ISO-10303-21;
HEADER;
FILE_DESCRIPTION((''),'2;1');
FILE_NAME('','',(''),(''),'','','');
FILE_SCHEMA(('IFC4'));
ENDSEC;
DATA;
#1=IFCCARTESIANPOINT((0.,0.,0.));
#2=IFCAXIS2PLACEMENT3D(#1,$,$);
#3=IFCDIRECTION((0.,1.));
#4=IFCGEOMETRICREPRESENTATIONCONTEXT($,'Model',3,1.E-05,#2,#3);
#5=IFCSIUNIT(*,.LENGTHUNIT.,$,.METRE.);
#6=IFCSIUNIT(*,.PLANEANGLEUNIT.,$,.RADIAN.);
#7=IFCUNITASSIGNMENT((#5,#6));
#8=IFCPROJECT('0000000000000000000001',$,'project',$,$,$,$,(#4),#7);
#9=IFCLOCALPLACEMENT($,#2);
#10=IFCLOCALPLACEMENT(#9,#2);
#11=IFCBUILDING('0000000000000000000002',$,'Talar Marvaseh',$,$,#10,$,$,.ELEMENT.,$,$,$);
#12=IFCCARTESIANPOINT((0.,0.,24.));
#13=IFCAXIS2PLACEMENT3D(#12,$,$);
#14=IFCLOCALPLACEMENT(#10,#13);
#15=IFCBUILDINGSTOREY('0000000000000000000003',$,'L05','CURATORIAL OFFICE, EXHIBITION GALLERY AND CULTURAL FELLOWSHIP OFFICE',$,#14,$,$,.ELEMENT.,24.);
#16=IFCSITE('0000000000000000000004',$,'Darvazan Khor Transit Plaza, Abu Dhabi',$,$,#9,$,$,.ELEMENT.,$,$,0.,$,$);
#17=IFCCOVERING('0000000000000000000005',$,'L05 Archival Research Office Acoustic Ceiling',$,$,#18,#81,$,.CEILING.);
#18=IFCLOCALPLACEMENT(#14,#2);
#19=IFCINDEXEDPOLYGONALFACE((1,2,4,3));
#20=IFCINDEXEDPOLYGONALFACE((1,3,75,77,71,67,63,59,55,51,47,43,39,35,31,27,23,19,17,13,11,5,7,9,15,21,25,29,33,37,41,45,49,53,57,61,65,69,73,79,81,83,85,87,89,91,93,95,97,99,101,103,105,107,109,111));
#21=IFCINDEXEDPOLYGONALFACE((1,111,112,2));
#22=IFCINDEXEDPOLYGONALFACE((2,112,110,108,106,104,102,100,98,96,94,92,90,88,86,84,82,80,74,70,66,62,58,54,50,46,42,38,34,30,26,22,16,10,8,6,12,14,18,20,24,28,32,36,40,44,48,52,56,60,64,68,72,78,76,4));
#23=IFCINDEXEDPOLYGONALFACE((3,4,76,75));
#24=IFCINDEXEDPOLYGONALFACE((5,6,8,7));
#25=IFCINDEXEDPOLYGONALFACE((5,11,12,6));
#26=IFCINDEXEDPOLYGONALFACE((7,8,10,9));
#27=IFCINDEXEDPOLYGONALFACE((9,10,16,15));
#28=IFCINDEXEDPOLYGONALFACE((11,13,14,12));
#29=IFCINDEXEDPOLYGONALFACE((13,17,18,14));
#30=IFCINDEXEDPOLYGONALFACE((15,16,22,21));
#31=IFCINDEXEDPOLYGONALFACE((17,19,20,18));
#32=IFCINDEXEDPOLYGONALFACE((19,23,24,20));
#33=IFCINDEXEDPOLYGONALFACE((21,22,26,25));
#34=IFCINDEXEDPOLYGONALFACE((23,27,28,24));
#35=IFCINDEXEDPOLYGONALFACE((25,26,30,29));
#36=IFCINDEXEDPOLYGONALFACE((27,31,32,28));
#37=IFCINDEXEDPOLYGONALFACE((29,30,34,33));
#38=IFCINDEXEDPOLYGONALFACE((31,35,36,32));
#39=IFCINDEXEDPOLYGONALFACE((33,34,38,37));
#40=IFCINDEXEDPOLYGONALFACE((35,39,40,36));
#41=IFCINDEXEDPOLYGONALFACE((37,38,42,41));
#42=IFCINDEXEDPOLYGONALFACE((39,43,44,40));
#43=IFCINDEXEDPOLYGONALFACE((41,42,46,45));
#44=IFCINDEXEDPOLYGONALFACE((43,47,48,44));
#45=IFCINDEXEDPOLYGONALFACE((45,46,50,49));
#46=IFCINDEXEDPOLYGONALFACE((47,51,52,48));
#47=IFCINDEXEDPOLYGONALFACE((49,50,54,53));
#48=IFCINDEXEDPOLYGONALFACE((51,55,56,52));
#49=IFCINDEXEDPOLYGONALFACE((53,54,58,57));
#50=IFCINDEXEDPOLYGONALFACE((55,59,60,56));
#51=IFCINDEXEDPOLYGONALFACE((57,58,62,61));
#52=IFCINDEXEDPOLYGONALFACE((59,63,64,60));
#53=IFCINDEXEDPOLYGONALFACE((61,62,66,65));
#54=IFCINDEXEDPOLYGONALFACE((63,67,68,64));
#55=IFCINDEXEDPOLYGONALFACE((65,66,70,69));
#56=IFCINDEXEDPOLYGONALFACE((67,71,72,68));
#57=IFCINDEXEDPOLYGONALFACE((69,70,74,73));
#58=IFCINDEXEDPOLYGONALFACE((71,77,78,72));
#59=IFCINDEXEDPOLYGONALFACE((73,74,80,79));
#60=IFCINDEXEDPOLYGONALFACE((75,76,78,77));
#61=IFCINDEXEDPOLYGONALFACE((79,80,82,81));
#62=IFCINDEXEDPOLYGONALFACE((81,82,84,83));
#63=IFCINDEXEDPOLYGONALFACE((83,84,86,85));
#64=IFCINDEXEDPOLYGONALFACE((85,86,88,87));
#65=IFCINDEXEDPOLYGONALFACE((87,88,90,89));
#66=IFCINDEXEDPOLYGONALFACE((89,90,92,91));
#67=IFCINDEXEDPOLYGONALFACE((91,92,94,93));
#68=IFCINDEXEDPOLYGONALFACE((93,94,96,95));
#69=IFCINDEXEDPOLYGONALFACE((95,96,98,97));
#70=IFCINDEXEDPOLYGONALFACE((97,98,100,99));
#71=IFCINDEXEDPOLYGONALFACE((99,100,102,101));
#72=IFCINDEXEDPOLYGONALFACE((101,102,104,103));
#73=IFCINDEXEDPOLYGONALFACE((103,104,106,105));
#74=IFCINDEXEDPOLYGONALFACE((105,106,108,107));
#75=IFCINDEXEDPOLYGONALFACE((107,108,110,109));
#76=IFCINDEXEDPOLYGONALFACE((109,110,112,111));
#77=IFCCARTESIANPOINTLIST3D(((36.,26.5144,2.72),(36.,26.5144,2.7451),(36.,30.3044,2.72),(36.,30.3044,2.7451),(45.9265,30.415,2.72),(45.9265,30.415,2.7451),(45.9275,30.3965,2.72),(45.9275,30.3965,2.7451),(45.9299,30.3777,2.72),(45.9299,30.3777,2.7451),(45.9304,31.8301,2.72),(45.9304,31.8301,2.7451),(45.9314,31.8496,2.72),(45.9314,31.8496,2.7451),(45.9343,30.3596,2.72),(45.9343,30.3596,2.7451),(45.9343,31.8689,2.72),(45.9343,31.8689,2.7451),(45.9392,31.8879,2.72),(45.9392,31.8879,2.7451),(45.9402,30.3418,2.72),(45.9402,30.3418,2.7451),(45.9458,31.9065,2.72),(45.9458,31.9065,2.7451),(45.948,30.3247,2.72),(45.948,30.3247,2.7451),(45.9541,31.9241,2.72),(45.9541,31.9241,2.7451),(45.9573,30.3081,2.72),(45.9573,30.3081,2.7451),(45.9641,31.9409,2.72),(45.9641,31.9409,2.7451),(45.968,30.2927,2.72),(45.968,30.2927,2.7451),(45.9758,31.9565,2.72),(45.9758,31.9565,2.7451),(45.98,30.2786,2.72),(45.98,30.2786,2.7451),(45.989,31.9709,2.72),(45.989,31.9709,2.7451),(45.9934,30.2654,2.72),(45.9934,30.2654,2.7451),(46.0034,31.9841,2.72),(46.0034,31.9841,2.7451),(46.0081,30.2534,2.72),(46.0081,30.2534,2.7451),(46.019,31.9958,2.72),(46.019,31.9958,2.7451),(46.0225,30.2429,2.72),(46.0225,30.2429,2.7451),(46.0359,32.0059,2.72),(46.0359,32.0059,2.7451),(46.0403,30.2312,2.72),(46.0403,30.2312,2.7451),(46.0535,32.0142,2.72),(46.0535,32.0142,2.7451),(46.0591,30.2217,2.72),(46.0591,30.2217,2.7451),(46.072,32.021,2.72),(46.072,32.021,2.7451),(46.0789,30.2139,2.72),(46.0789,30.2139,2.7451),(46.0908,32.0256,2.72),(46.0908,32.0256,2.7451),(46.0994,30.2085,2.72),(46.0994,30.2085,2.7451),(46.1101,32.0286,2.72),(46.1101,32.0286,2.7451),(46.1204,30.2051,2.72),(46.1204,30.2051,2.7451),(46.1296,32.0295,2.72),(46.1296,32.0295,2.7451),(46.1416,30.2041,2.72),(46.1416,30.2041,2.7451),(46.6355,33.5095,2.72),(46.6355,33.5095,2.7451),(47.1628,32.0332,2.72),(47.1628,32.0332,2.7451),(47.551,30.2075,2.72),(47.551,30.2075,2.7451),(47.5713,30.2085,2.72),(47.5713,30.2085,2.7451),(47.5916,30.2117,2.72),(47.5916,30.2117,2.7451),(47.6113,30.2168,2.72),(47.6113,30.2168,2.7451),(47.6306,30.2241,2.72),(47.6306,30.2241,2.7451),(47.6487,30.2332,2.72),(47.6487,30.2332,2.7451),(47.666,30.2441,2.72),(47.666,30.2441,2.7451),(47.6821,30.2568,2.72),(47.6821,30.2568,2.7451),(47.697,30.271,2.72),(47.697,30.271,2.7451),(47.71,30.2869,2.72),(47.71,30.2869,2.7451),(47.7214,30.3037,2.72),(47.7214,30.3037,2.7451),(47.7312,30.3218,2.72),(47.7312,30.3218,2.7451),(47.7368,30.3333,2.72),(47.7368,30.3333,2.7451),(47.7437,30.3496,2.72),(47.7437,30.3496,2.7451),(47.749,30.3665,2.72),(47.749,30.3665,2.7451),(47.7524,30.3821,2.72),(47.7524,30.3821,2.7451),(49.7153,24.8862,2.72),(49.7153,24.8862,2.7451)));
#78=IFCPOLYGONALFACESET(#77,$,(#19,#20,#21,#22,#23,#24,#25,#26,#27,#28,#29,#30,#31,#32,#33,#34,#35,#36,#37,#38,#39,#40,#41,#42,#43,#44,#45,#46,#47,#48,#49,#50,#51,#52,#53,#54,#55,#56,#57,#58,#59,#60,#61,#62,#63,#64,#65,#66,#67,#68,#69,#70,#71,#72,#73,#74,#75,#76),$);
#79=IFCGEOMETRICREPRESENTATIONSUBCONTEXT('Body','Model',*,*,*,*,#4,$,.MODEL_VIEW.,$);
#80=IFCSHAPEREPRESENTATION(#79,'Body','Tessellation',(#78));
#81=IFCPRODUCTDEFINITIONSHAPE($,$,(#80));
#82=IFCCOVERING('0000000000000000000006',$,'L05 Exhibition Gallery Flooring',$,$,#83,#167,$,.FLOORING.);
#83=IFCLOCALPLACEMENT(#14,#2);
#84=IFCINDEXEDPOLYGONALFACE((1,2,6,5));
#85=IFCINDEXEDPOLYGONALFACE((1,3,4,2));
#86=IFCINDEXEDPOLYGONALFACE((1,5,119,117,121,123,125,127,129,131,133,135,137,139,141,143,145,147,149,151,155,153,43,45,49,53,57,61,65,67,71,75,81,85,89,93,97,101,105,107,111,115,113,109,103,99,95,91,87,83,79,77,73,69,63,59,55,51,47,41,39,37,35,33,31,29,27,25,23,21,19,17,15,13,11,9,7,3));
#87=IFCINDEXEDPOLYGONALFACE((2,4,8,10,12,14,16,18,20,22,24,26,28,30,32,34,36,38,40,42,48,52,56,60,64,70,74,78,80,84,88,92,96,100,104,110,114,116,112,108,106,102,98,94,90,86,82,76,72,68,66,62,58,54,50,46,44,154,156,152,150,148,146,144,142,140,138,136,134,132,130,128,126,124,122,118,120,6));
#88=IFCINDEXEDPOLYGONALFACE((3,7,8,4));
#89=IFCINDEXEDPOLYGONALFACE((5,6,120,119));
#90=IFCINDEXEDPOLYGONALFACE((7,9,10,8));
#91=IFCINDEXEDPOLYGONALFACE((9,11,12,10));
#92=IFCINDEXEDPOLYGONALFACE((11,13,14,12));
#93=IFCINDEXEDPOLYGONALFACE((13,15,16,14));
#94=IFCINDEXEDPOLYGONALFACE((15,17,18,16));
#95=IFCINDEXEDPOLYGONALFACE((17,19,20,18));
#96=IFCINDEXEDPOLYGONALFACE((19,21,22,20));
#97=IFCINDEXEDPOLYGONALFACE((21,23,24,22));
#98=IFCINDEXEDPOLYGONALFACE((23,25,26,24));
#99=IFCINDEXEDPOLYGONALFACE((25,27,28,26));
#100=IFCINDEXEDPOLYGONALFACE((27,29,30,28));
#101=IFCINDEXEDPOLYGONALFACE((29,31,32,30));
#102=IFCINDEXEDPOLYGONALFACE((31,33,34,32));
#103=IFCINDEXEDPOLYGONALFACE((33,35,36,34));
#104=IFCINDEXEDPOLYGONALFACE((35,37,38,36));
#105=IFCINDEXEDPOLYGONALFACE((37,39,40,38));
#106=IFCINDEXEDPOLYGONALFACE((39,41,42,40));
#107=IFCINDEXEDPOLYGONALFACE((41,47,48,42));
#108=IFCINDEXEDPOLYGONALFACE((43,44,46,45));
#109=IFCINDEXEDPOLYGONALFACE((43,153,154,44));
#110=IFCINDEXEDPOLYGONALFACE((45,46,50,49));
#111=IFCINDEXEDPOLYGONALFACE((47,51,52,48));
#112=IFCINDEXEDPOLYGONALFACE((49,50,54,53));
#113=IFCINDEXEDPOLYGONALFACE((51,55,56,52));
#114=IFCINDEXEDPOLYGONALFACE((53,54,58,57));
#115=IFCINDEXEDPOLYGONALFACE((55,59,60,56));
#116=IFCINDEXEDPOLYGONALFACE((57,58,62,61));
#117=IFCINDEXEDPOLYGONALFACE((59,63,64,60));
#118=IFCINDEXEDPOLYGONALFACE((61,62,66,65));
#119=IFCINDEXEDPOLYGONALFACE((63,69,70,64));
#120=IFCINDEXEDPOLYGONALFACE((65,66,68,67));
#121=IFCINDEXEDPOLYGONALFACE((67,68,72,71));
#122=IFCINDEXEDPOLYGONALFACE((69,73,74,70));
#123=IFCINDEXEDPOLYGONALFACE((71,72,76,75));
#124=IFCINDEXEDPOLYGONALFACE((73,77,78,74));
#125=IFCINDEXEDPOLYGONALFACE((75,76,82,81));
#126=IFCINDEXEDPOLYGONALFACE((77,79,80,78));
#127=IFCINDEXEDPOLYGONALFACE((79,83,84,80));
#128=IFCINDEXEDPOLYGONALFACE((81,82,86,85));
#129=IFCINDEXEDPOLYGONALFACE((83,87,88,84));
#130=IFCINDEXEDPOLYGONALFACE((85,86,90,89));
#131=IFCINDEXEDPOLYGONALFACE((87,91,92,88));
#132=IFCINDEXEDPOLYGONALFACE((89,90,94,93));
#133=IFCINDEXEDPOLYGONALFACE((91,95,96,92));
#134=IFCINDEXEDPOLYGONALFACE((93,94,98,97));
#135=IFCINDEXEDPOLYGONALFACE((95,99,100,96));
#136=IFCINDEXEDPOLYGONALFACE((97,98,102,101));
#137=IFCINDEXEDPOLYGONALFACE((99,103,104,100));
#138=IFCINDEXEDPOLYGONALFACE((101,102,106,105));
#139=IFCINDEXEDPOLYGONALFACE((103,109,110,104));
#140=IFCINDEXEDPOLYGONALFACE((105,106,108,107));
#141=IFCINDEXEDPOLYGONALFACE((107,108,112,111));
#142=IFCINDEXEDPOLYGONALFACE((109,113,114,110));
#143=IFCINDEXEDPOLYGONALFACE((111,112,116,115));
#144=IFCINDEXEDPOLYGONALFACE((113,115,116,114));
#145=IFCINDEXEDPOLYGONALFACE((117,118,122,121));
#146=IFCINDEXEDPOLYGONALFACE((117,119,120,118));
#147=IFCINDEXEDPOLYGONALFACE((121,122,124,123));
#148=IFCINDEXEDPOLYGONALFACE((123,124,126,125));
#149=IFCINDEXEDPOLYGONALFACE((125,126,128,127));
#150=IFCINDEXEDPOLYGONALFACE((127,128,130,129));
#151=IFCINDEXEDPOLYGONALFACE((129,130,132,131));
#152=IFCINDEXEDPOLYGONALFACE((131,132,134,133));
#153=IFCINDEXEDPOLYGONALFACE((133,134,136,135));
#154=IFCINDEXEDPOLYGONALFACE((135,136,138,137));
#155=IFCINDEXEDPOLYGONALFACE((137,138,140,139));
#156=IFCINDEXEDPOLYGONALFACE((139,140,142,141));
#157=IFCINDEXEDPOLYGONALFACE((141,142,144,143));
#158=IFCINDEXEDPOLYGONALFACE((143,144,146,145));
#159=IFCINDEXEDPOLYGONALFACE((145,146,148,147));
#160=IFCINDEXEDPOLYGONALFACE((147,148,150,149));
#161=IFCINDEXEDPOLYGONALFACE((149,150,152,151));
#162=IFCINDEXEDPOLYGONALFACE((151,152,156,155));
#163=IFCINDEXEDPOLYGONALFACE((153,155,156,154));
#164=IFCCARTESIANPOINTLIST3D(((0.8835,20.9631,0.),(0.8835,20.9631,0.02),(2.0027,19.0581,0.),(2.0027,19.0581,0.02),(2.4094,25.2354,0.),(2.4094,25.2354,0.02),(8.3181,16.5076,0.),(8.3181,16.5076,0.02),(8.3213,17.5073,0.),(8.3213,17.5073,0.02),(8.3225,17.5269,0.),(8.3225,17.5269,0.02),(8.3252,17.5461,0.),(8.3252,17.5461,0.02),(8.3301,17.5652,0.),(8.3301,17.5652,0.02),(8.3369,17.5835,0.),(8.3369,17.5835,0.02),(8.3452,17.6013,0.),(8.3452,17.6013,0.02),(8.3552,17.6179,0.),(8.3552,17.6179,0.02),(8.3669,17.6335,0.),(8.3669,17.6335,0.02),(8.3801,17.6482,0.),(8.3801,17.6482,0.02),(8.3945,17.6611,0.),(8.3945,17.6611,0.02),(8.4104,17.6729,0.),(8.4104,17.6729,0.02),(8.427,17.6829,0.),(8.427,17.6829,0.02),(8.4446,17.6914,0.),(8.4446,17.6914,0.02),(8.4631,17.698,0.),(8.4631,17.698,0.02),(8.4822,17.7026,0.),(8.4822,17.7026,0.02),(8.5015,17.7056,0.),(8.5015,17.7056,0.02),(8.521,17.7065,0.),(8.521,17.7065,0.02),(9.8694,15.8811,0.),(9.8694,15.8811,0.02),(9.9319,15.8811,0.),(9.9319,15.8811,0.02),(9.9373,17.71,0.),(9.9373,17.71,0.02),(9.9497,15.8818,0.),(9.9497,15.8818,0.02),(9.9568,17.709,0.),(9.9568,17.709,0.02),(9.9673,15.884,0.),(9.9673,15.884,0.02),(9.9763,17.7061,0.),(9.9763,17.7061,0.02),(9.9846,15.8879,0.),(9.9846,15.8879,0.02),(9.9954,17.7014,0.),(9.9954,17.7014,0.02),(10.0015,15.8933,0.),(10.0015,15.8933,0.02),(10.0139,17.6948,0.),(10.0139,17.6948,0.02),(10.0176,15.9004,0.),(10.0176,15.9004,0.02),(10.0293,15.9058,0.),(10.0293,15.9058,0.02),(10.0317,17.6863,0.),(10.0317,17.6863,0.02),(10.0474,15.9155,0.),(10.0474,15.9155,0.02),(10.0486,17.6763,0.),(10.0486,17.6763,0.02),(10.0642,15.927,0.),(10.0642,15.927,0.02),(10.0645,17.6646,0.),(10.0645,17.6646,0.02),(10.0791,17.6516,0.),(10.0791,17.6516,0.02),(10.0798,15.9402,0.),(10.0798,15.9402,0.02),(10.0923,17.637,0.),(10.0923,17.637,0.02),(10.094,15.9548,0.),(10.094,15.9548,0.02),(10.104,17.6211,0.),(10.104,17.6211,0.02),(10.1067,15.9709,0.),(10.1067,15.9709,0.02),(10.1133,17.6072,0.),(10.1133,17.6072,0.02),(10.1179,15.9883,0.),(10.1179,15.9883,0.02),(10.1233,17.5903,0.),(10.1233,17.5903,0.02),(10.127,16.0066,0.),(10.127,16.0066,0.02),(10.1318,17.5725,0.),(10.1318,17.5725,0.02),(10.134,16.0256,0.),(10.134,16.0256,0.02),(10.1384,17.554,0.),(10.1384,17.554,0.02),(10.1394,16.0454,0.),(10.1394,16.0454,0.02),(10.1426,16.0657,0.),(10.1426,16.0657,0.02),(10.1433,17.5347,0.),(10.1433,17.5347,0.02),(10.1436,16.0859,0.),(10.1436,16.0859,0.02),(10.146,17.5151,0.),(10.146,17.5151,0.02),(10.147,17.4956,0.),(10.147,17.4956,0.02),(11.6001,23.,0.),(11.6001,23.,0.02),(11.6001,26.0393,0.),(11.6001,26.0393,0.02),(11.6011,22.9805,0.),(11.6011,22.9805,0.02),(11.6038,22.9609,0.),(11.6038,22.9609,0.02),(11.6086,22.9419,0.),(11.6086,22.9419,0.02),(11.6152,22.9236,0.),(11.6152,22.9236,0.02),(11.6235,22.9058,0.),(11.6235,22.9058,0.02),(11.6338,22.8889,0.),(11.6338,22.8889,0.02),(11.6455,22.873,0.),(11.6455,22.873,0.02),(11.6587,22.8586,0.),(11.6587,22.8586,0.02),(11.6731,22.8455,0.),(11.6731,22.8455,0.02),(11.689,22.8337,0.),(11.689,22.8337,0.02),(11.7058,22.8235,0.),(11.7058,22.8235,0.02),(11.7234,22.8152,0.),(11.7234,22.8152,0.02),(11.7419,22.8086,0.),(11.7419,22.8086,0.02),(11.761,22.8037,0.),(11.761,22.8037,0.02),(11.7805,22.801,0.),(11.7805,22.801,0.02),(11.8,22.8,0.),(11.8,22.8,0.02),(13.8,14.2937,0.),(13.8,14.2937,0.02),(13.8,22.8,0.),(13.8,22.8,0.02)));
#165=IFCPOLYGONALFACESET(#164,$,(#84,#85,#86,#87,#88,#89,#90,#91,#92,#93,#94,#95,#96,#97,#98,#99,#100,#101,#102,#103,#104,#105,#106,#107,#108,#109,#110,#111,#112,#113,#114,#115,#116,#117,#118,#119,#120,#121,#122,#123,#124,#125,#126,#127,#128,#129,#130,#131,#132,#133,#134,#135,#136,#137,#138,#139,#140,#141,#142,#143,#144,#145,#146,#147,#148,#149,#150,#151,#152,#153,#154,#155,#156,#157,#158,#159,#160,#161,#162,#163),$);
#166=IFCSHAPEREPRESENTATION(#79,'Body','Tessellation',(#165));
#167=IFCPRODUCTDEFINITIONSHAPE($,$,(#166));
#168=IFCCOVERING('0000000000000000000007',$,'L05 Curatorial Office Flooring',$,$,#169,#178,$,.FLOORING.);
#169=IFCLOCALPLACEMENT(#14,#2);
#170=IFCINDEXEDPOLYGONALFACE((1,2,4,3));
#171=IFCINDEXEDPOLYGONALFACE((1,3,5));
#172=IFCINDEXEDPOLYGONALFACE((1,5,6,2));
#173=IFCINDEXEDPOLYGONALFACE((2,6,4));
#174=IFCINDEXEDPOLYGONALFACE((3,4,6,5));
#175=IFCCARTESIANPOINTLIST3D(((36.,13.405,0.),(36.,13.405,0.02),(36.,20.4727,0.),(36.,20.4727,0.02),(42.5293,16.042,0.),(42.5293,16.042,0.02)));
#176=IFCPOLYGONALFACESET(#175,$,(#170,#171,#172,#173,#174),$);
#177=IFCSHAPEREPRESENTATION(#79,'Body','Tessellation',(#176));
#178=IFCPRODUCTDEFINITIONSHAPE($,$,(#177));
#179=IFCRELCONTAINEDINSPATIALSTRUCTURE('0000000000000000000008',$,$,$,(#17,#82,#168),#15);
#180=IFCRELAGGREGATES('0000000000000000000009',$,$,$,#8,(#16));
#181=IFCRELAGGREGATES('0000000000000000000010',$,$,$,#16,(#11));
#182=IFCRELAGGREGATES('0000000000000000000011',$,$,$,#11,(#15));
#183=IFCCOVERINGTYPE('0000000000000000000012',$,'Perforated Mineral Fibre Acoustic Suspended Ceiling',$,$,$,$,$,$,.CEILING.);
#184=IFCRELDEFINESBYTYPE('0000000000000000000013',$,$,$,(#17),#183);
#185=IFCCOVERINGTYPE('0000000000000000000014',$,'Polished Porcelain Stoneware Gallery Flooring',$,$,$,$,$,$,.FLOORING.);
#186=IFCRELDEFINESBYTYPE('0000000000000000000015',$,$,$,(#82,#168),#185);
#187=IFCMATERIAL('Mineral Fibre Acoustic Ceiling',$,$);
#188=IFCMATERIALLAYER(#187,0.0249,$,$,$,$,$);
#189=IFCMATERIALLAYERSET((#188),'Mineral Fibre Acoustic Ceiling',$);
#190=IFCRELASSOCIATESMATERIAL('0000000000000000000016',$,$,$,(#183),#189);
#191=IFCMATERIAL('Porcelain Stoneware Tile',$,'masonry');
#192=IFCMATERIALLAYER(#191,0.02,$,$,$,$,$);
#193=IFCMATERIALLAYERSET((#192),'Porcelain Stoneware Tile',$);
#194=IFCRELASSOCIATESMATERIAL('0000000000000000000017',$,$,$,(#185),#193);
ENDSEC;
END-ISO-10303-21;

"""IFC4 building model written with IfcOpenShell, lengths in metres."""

from ifc_helpers import new_model, si_unit, direction, frame, origin, place, context, subcontext, project, spatial, polyline, outline, extrude, material, layer, layer_set, type_object, element, save


model = new_model("IFC4")

# Units and contexts
model_context = context("Model", 3, precision=1e-05, world=origin(), true_north=direction((0.0, 1.0)))
body_context = subcontext(model_context, "Body", "Model", "MODEL_VIEW")
ifc_project = project(units=[si_unit("LENGTHUNIT", "METRE"), si_unit("PLANEANGLEUNIT", "RADIAN")], contexts=[model_context])

# Site, building, storey
site_placement = place(None, origin())
site = spatial("IfcSite", under=ifc_project, at=site_placement, Name="Darvazan Khor Transit Plaza, Abu Dhabi", CompositionType="ELEMENT", RefElevation=0.0)
building_placement = place(site_placement, origin())
building = spatial("IfcBuilding", under=site, at=building_placement, Name="Talar Marvaseh", CompositionType="ELEMENT")
storey_placement = place(building_placement, frame((0.0, 0.0, 24.0)))
storey = spatial("IfcBuildingStorey", under=building, at=storey_placement, Name="L05", Description="CURATORIAL OFFICE, EXHIBITION GALLERY AND CULTURAL FELLOWSHIP OFFICE", CompositionType="ELEMENT", Elevation=24.0)

# Coverings
ifc_material_1 = material(Name="Mineral Fibre Acoustic Ceiling")
ifc_layer_1 = layer(ifc_material_1, 0.0249)
ifc_layer_set_1 = layer_set([ifc_layer_1], Name="Mineral Fibre Acoustic Ceiling")
covering_type_1 = type_object("IfcCoveringType", Name="Perforated Mineral Fibre Acoustic Suspended Ceiling", PredefinedType="CEILING", material=ifc_layer_set_1)
covering_1_placement = place(storey_placement, frame((0.0, 0.0, 2.72)))
element("IfcCovering", 1, at=covering_1_placement, inside=storey, type_object=covering_type_1, Name="L05 Archival Research Office Acoustic Ceiling", PredefinedType="CEILING", context=body_context, shape_type="SweptSolid", body=[
    extrude(outline(polyline([(46.0908, 32.0256), (46.072, 32.021), (46.0535, 32.0142), (46.0359, 32.0059), (46.019, 31.9958), (46.0034, 31.9841), (45.989, 31.9709), (45.9758, 31.9565), (45.9641, 31.9409), (45.9541, 31.9241), (45.9458, 31.9065), (45.9392, 31.8879), (45.9343, 31.8689), (45.9314, 31.8496), (45.9304, 31.8301), (45.9265, 30.415), (45.9275, 30.3965), (45.9299, 30.3777), (45.9343, 30.3596), (45.9402, 30.3418), (45.948, 30.3247), (45.9573, 30.3081), (45.968, 30.2927), (45.98, 30.2786), (45.9934, 30.2654), (46.0081, 30.2534), (46.0225, 30.2429), (46.0403, 30.2312), (46.0591, 30.2217), (46.0789, 30.2139), (46.0994, 30.2085), (46.1204, 30.2051), (46.1416, 30.2041), (47.551, 30.2075), (47.5713, 30.2085), (47.5916, 30.2117), (47.6113, 30.2168), (47.6306, 30.2241), (47.6487, 30.2332), (47.666, 30.2441), (47.6821, 30.2568), (47.697, 30.271), (47.71, 30.2869), (47.7214, 30.3037), (47.7312, 30.3218), (47.7368, 30.3333), (47.7437, 30.3496), (47.749, 30.3665), (47.7524, 30.3821), (49.7153, 24.8862), (36.0, 26.5144), (36.0, 30.3044), (46.6355, 33.5095), (47.1628, 32.0332), (46.1296, 32.0295), (46.1101, 32.0286), (46.0908, 32.0256)])), origin(), (0.0, 0.0, 1.0), 0.0251),
])
ifc_material_2 = material(Name="Porcelain Stoneware Tile", Category="masonry")
ifc_layer_2 = layer(ifc_material_2, 0.02)
ifc_layer_set_2 = layer_set([ifc_layer_2], Name="Porcelain Stoneware Tile")
covering_type_2 = type_object("IfcCoveringType", Name="Polished Porcelain Stoneware Gallery Flooring", PredefinedType="FLOORING", material=ifc_layer_set_2)
covering_2_placement = place(storey_placement, origin())
element("IfcCovering", 2, at=covering_2_placement, inside=storey, type_object=covering_type_2, Name="L05 Exhibition Gallery Flooring", PredefinedType="FLOORING", context=body_context, shape_type="SweptSolid", body=[
    extrude(outline(polyline([(9.9319, 15.8811), (9.9497, 15.8818), (9.9673, 15.884), (9.9846, 15.8879), (10.0015, 15.8933), (10.0176, 15.9004), (10.0293, 15.9058), (10.0474, 15.9155), (10.0642, 15.927), (10.0798, 15.9402), (10.094, 15.9548), (10.1067, 15.9709), (10.1179, 15.9883), (10.127, 16.0066), (10.134, 16.0256), (10.1394, 16.0454), (10.1426, 16.0657), (10.1436, 16.0859), (10.147, 17.4956), (10.146, 17.5151), (10.1433, 17.5347), (10.1384, 17.554), (10.1318, 17.5725), (10.1233, 17.5903), (10.1133, 17.6072), (10.104, 17.6211), (10.0923, 17.637), (10.0791, 17.6516), (10.0645, 17.6646), (10.0486, 17.6763), (10.0317, 17.6863), (10.0139, 17.6948), (9.9954, 17.7014), (9.9763, 17.7061), (9.9568, 17.709), (9.9373, 17.71), (8.521, 17.7065), (8.5015, 17.7056), (8.4822, 17.7026), (8.4631, 17.698), (8.4446, 17.6914), (8.427, 17.6829), (8.4104, 17.6729), (8.3945, 17.6611), (8.3801, 17.6482), (8.3669, 17.6335), (8.3552, 17.6179), (8.3452, 17.6013), (8.3369, 17.5835), (8.3301, 17.5652), (8.3252, 17.5461), (8.3225, 17.5269), (8.3213, 17.5073), (8.3181, 16.5076), (2.0027, 19.0581), (0.8835, 20.9631), (2.4094, 25.2354), (11.6001, 26.0393), (11.6001, 23.0), (11.6011, 22.9805), (11.6038, 22.9609), (11.6086, 22.9419), (11.6152, 22.9236), (11.6235, 22.9058), (11.6338, 22.8889), (11.6455, 22.873), (11.6587, 22.8586), (11.6731, 22.8455), (11.689, 22.8337), (11.7058, 22.8235), (11.7234, 22.8152), (11.7419, 22.8086), (11.761, 22.8037), (11.7805, 22.801), (11.8, 22.8), (13.8, 22.8), (13.8, 14.2937), (9.8694, 15.8811), (9.9319, 15.8811)])), origin(), (0.0, 0.0, 1.0), 0.02),
])
covering_3_placement = place(storey_placement, origin())
element("IfcCovering", 3, at=covering_3_placement, inside=storey, type_object=covering_type_2, Name="L05 Curatorial Office Flooring", PredefinedType="FLOORING", context=body_context, shape_type="SweptSolid", body=[
    extrude(outline(polyline([(36.0, 13.405), (36.0, 20.4727), (42.5293, 16.042), (36.0, 13.405)])), origin(), (0.0, 0.0, 1.0), 0.02),
])

save(model, "model.ifc")
